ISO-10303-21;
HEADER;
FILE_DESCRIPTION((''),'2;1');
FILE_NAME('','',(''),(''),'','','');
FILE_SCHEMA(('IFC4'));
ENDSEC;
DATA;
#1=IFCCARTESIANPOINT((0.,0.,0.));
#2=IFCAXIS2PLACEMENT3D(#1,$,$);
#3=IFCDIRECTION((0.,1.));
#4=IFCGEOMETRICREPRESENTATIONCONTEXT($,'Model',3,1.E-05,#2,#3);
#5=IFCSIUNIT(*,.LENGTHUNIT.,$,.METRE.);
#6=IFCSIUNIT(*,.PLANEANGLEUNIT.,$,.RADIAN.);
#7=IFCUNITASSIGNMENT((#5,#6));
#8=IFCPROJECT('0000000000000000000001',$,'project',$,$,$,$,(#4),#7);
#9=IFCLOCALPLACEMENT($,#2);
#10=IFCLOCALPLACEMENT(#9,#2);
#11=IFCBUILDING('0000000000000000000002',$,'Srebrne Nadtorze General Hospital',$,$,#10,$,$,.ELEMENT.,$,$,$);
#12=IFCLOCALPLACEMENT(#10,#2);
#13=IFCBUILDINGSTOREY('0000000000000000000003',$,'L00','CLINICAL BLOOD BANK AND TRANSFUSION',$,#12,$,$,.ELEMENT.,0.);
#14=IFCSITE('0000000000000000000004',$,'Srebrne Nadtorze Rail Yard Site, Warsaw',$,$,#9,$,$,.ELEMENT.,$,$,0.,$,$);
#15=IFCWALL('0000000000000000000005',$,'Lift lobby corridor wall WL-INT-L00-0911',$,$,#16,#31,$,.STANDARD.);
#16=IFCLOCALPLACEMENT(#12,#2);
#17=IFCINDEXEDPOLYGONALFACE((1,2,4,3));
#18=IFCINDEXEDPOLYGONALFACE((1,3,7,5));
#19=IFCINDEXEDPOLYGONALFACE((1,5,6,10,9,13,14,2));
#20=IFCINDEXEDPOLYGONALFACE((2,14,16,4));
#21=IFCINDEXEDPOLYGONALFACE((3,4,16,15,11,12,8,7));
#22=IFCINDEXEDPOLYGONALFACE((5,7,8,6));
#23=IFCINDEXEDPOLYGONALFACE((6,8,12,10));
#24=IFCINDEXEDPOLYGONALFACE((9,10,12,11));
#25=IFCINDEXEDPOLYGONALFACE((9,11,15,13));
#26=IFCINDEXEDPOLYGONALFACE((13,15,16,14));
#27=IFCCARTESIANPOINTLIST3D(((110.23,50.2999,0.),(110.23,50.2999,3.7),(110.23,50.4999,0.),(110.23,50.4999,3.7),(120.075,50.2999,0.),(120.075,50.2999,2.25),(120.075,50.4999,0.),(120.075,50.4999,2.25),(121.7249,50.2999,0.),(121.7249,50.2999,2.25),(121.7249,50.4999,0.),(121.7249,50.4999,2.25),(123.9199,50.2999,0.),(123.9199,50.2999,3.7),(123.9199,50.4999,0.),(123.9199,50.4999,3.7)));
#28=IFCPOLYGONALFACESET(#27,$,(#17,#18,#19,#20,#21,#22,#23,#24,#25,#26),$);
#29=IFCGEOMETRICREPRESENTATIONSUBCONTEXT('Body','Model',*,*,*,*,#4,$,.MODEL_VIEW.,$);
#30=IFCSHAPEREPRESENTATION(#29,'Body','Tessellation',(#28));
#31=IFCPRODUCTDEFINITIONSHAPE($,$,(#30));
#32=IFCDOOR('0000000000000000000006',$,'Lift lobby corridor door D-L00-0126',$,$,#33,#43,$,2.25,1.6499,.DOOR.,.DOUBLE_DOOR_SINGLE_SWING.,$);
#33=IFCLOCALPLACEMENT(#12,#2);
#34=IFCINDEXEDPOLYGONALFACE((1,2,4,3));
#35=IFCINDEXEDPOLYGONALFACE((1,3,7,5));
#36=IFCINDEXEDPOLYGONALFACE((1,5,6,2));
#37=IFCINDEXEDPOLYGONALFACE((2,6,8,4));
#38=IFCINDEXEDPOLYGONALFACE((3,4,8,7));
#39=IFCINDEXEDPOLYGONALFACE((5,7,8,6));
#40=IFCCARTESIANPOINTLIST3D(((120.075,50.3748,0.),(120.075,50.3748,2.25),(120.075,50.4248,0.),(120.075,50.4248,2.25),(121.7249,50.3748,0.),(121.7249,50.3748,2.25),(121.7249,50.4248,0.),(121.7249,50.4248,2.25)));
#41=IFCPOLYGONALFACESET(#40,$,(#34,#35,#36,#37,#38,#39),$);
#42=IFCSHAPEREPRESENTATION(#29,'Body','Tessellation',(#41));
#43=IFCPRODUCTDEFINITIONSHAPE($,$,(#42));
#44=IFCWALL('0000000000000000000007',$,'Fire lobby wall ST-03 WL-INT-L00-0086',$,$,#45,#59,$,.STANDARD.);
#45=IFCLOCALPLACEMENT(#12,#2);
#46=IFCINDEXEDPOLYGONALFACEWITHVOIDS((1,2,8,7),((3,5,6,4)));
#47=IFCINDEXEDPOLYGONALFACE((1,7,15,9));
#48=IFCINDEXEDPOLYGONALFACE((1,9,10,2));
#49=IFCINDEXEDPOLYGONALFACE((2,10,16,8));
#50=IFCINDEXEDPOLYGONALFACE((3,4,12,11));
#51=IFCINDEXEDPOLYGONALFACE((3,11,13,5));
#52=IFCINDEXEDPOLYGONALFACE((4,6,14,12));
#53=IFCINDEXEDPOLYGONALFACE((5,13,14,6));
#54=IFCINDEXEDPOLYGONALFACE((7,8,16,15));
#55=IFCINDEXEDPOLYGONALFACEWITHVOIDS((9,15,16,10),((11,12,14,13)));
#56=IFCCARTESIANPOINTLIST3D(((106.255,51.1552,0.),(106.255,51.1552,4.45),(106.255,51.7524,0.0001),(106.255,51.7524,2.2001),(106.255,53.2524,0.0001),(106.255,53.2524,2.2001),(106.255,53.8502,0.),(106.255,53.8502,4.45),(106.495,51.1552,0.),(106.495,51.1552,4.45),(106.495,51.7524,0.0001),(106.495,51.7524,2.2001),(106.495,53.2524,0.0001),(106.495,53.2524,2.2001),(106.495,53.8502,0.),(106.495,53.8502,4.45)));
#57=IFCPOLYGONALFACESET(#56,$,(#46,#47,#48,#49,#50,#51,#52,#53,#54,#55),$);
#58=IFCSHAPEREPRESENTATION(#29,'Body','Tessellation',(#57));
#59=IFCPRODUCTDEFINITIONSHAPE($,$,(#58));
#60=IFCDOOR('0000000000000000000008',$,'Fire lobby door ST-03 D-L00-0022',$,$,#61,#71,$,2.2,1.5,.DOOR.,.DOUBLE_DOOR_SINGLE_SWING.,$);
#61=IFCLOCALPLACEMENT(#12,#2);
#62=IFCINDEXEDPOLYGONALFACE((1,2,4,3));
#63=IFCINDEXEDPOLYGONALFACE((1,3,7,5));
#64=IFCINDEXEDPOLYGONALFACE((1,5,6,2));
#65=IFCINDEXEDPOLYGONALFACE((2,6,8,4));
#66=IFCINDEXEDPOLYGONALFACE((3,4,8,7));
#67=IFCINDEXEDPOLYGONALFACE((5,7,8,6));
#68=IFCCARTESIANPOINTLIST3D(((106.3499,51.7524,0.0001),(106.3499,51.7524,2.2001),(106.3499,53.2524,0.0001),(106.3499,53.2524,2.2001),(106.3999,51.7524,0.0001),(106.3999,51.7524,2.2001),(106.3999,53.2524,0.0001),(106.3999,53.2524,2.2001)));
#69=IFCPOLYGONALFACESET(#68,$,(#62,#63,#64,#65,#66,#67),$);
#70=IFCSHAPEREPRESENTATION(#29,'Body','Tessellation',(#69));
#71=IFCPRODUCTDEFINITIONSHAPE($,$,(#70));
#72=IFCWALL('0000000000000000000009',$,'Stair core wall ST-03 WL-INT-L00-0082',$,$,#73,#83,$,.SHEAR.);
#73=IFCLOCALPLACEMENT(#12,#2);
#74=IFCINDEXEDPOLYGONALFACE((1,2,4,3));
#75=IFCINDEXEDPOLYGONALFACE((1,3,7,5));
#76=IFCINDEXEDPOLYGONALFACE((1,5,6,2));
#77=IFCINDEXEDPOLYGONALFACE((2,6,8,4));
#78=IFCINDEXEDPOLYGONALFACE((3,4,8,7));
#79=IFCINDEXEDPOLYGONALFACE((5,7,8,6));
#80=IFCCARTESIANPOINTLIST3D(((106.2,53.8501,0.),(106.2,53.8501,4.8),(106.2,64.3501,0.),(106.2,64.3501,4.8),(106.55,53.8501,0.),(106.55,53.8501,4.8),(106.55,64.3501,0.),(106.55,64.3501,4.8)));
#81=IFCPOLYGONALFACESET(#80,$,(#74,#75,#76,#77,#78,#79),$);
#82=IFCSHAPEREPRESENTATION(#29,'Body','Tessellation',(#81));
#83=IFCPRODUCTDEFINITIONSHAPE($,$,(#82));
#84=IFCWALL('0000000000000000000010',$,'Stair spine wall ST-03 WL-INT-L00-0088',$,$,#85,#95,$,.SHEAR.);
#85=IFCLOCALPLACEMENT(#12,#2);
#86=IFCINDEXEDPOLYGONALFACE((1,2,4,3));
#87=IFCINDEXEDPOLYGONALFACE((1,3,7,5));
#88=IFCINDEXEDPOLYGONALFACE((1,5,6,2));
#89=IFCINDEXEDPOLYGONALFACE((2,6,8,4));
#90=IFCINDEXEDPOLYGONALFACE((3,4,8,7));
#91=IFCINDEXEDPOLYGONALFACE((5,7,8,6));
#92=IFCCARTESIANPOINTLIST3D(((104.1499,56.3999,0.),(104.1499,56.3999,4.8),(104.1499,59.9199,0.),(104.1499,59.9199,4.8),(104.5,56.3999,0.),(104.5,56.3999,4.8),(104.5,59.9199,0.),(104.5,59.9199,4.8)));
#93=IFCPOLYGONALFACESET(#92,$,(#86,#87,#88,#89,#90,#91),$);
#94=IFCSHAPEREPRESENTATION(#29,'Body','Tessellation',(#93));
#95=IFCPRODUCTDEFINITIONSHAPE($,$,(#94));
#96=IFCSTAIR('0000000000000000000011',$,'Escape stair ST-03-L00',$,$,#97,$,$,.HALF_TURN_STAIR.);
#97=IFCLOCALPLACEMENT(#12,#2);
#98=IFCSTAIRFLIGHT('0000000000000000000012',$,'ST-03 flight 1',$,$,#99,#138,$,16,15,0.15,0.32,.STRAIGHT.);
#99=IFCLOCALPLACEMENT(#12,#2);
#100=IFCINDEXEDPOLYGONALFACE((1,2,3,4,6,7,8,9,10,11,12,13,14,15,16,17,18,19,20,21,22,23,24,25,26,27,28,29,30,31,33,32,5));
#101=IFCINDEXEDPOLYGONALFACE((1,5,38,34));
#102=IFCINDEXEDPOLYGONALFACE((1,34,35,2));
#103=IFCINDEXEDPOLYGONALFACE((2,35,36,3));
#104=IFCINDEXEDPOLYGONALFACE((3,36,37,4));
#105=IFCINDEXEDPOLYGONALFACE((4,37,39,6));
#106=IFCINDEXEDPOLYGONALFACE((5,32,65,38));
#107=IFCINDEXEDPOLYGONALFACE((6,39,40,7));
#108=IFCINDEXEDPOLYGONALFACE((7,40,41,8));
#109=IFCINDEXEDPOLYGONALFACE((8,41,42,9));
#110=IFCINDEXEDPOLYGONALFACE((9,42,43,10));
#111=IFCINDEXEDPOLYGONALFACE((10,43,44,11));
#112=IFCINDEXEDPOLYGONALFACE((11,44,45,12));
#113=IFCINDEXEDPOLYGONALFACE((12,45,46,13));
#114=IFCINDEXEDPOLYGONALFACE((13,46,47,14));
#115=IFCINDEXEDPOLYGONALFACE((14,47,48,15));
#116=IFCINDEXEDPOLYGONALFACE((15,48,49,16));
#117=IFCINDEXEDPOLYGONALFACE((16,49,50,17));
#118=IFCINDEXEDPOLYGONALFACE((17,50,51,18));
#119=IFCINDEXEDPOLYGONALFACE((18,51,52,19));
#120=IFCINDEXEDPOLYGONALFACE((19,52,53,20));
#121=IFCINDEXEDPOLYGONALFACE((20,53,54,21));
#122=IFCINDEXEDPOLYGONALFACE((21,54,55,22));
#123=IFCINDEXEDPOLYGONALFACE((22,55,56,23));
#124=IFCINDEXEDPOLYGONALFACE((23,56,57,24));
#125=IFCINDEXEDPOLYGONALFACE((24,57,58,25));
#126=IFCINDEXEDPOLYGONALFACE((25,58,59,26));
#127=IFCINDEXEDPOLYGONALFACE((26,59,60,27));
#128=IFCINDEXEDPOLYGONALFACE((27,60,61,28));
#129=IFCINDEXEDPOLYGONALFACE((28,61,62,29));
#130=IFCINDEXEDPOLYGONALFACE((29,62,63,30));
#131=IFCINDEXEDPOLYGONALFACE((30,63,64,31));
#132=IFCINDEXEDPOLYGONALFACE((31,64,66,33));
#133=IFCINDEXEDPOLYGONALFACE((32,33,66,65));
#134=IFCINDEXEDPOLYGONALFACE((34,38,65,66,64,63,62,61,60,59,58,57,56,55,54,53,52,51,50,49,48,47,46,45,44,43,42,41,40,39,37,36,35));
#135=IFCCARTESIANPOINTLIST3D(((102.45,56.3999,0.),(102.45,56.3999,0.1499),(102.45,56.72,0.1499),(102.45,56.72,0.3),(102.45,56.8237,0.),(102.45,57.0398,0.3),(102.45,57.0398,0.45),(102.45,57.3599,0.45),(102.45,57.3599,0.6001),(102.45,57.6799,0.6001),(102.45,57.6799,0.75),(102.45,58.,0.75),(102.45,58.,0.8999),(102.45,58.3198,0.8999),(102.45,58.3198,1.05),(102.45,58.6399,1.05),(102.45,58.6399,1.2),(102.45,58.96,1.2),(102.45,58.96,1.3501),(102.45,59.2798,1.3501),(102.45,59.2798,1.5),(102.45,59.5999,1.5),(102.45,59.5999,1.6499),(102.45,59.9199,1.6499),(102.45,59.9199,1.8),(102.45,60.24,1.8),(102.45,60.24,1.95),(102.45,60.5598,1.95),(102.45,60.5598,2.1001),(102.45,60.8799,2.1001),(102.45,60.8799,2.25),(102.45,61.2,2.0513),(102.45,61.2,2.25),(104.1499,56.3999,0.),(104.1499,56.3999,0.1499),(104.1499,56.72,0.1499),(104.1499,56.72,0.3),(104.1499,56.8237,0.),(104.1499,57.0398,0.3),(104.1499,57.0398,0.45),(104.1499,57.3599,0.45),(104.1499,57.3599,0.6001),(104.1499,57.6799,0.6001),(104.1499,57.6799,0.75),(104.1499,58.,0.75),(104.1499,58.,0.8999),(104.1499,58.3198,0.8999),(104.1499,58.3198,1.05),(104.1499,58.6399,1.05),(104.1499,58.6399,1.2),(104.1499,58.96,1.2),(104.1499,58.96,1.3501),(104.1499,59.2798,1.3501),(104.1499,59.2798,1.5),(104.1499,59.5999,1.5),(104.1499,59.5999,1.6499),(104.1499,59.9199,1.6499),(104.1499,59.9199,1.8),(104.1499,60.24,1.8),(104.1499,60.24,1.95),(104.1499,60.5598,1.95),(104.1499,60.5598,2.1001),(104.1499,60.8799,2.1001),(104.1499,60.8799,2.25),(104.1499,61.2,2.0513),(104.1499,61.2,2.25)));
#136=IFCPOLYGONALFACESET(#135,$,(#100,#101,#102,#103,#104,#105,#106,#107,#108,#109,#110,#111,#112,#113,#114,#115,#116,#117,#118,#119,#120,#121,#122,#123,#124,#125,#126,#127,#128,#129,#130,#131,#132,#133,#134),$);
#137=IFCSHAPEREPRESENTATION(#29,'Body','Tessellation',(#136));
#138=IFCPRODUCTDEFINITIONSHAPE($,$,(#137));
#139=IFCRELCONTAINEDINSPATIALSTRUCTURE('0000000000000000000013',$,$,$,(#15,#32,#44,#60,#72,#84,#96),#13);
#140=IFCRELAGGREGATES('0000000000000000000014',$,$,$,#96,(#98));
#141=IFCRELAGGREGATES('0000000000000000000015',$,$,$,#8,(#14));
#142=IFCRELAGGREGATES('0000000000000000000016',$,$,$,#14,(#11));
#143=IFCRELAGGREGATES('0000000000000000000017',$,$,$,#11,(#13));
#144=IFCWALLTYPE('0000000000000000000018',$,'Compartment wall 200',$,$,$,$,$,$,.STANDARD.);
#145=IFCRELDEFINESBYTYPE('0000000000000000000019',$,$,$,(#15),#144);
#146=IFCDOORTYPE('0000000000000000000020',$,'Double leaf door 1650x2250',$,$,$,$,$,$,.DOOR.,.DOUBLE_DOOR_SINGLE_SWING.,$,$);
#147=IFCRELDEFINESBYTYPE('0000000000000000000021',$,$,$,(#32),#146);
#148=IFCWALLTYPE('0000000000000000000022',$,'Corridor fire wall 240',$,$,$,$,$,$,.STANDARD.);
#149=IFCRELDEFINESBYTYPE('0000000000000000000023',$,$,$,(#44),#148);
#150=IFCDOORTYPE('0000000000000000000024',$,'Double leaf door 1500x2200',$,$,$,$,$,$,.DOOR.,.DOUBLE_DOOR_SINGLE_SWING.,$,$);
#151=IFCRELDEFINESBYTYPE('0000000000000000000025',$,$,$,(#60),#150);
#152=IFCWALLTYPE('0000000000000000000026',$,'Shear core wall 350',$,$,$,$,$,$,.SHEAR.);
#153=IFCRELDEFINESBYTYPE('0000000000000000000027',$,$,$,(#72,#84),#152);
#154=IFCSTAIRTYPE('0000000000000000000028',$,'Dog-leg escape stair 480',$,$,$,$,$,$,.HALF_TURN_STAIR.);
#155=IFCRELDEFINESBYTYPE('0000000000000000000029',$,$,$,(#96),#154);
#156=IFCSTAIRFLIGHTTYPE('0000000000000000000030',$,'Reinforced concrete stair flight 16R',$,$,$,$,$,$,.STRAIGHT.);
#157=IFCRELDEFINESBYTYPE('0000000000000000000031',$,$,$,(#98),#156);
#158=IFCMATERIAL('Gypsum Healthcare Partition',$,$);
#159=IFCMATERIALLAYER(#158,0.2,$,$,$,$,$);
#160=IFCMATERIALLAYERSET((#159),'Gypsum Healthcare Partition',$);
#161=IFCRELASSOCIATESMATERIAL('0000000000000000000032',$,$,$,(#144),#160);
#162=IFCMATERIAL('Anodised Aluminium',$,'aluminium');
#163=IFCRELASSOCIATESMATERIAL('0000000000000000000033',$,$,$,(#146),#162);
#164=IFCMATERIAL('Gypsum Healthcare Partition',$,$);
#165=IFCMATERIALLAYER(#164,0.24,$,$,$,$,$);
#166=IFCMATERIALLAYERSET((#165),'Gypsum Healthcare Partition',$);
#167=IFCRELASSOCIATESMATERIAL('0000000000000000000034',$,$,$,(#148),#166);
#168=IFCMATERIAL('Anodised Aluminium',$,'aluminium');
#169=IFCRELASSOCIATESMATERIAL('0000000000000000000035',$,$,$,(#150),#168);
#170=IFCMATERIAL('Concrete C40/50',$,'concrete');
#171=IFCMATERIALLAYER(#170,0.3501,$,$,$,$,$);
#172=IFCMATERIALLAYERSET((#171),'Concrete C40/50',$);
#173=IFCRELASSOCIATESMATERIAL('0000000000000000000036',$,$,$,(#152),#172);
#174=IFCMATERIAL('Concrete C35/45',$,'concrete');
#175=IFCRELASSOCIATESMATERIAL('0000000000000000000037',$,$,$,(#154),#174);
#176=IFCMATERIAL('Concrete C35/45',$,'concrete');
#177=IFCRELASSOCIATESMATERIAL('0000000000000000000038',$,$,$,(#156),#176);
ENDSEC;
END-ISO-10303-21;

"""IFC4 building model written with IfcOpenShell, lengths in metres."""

from ifc_helpers import new_model, si_unit, direction, frame, frame_2d, origin, place, context, subcontext, project, spatial, polyline, rectangle, outline, extrude, material, layer, layer_set, type_object, element, fill, aggregate, save


model = new_model("IFC4")

# Units and contexts
model_context = context("Model", 3, precision=1e-05, world=origin(), true_north=direction((0.0, 1.0)))
body_context = subcontext(model_context, "Body", "Model", "MODEL_VIEW")
ifc_project = project(units=[si_unit("LENGTHUNIT", "METRE"), si_unit("PLANEANGLEUNIT", "RADIAN")], contexts=[model_context])

# Site, building, storey
site_placement = place(None, origin())
site = spatial("IfcSite", under=ifc_project, at=site_placement, Name="Srebrne Nadtorze Rail Yard Site, Warsaw", CompositionType="ELEMENT", RefElevation=0.0)
building_placement = place(site_placement, origin())
building = spatial("IfcBuilding", under=site, at=building_placement, Name="Srebrne Nadtorze General Hospital", CompositionType="ELEMENT")
storey_placement = place(building_placement, origin())
storey = spatial("IfcBuildingStorey", under=building, at=storey_placement, Name="L00", Description="CLINICAL BLOOD BANK AND TRANSFUSION", CompositionType="ELEMENT", Elevation=0.0)

# Walls, openings, doors
ifc_material_1 = material(Name="Gypsum Healthcare Partition")
ifc_layer_1 = layer(ifc_material_1, 0.2)
ifc_layer_set_1 = layer_set([ifc_layer_1], Name="Gypsum Healthcare Partition")
wall_type_1 = type_object("IfcWallType", Name="Compartment wall 200", PredefinedType="STANDARD", material=ifc_layer_set_1)
wall_1_placement = place(storey_placement, frame((110.23, 50.3999, 0.0), z_axis=(0.0, 0.0, 1.0), x_axis=(1.0, 0.0, 0.0)))
wall_1 = element("IfcWall", 1, at=wall_1_placement, inside=storey, type_object=wall_type_1, Name="Lift lobby corridor wall WL-INT-L00-0911", PredefinedType="STANDARD", context=body_context, shape_type="SweptSolid", body=[
    extrude(rectangle(XDim=13.6899, YDim=0.2, at=frame_2d((6.845, 0.0))), origin(), (0.0, 0.0, 1.0), 3.7),
])
opening_1_placement = place(wall_1_placement, frame((9.845, 0.0, 0.0)))
opening_1 = element("IfcOpeningElement", 2, at=opening_1_placement, cuts=wall_1, PredefinedType="OPENING", context=body_context, shape_type="SweptSolid", body=[
    extrude(rectangle(XDim=1.6499, YDim=2.25, at=frame_2d((0.825, 1.125))), frame((0.0, 0.1118, 0.0), z_axis=(0.0, -1.0, 0.0), x_axis=(1.0, 0.0, 0.0)), (0.0, 0.0, 1.0), 0.2239),
])
ifc_material_2 = material(Name="Anodised Aluminium", Category="aluminium")
door_type_1 = type_object("IfcDoorType", Name="Double leaf door 1650x2250", OperationType="DOUBLE_DOOR_SINGLE_SWING", PredefinedType="DOOR", material=ifc_material_2)
door_1_placement = place(opening_1_placement, origin())
door_1 = element("IfcDoor", 3, at=door_1_placement, inside=storey, type_object=door_type_1, Name="Lift lobby corridor door D-L00-0126", OperationType="DOUBLE_DOOR_SINGLE_SWING", OverallHeight=2.25, OverallWidth=1.6499, PredefinedType="DOOR", context=body_context, shape_type="SweptSolid", body=[
    extrude(rectangle(XDim=1.6499, YDim=2.25, at=frame_2d((0.825, 1.125))), frame((0.0, 0.0249, 0.0), z_axis=(0.0, -1.0, 0.0), x_axis=(1.0, 0.0, 0.0)), (0.0, 0.0, 1.0), 0.05),
])
fill(opening_1, door_1)
ifc_material_3 = material(Name="Gypsum Healthcare Partition")
ifc_layer_2 = layer(ifc_material_3, 0.24)
ifc_layer_set_2 = layer_set([ifc_layer_2], Name="Gypsum Healthcare Partition")
wall_type_2 = type_object("IfcWallType", Name="Corridor fire wall 240", PredefinedType="STANDARD", material=ifc_layer_set_2)
wall_2_placement = place(storey_placement, frame((106.375, 51.155, 0.0), z_axis=(0.0, 0.0, 1.0), x_axis=(0.0, 1.0, 0.0)))
wall_2 = element("IfcWall", 4, at=wall_2_placement, inside=storey, type_object=wall_type_2, Name="Fire lobby wall ST-03 WL-INT-L00-0086", PredefinedType="STANDARD", context=body_context, shape_type="SweptSolid", body=[
    extrude(rectangle(XDim=2.6951, YDim=0.24, at=frame_2d((1.3477, 0.0))), origin(), (0.0, 0.0, 1.0), 4.45),
])
opening_2_placement = place(wall_2_placement, frame((0.5974, 0.0, 0.0)))
opening_2 = element("IfcOpeningElement", 5, at=opening_2_placement, cuts=wall_2, PredefinedType="OPENING", context=body_context, shape_type="SweptSolid", body=[
    extrude(rectangle(XDim=1.5, YDim=2.2, at=frame_2d((0.75, 1.1001))), frame((0.0, 0.1318, 0.0), z_axis=(0.0, -1.0, 0.0), x_axis=(1.0, 0.0, 0.0)), (0.0, 0.0, 1.0), 0.2639),
])
ifc_material_4 = material(Name="Anodised Aluminium", Category="aluminium")
door_type_2 = type_object("IfcDoorType", Name="Double leaf door 1500x2200", OperationType="DOUBLE_DOOR_SINGLE_SWING", PredefinedType="DOOR", material=ifc_material_4)
door_2_placement = place(opening_2_placement, frame((1.5, 0.0, 0.0), z_axis=(0.0, 0.0, 1.0), x_axis=(-1.0, 0.0, 0.0)))
door_2 = element("IfcDoor", 6, at=door_2_placement, inside=storey, type_object=door_type_2, Name="Fire lobby door ST-03 D-L00-0022", OperationType="DOUBLE_DOOR_SINGLE_SWING", OverallHeight=2.2, OverallWidth=1.5, PredefinedType="DOOR", context=body_context, shape_type="SweptSolid", body=[
    extrude(rectangle(XDim=1.5, YDim=2.2, at=frame_2d((0.75, 1.1001))), frame((0.0, 0.0249, 0.0), z_axis=(0.0, -1.0, 0.0), x_axis=(1.0, 0.0, 0.0)), (0.0, 0.0, 1.0), 0.05),
])
fill(opening_2, door_2)

# Walls
ifc_material_5 = material(Name="Concrete C40/50", Category="concrete")
ifc_layer_3 = layer(ifc_material_5, 0.3501)
ifc_layer_set_3 = layer_set([ifc_layer_3], Name="Concrete C40/50")
wall_type_3 = type_object("IfcWallType", Name="Shear core wall 350", PredefinedType="SHEAR", material=ifc_layer_set_3)
wall_3_placement = place(storey_placement, frame((106.375, 53.8501, 0.0), z_axis=(0.0, 0.0, 1.0), x_axis=(0.0, 1.0, 0.0)))
element("IfcWall", 7, at=wall_3_placement, inside=storey, type_object=wall_type_3, Name="Stair core wall ST-03 WL-INT-L00-0082", PredefinedType="SHEAR", context=body_context, shape_type="SweptSolid", body=[
    extrude(rectangle(XDim=10.5, YDim=0.3501, at=frame_2d((5.25, 0.0))), origin(), (0.0, 0.0, 1.0), 4.8),
])
wall_4_placement = place(storey_placement, frame((104.325, 56.3999, 0.0), z_axis=(0.0, 0.0, 1.0), x_axis=(0.0, 1.0, 0.0)))
element("IfcWall", 8, at=wall_4_placement, inside=storey, type_object=wall_type_3, Name="Stair spine wall ST-03 WL-INT-L00-0088", PredefinedType="SHEAR", context=body_context, shape_type="SweptSolid", body=[
    extrude(rectangle(XDim=3.52, YDim=0.3501, at=frame_2d((1.76, 0.0))), origin(), (0.0, 0.0, 1.0), 4.8),
])

# Stair, stair flight
ifc_material_6 = material(Name="Concrete C35/45", Category="concrete")
stair_type = type_object("IfcStairType", Name="Dog-leg escape stair 480", PredefinedType="HALF_TURN_STAIR", material=ifc_material_6)
stair_placement = place(storey_placement, origin())
stair = element("IfcStair", 9, at=stair_placement, inside=storey, type_object=stair_type, Name="Escape stair ST-03-L00", PredefinedType="HALF_TURN_STAIR")
ifc_material_7 = material(Name="Concrete C35/45", Category="concrete")
stair_flight_type = type_object("IfcStairFlightType", Name="Reinforced concrete stair flight 16R", PredefinedType="STRAIGHT", material=ifc_material_7)
stair_flight_1_placement = place(storey_placement, frame((103.3, 56.3999, 0.0), z_axis=(0.0, 0.0, 1.0), x_axis=(0.0, 1.0, 0.0)))
stair_flight_1 = element("IfcStairFlight", 10, at=stair_flight_1_placement, type_object=stair_flight_type, Name="ST-03 flight 1", NumberOfRisers=16, NumberOfTreads=15, PredefinedType="STRAIGHT", RiserHeight=0.15, TreadLength=0.32, context=body_context, shape_type="SweptSolid", body=[
    extrude(outline(polyline([(0.0, 0.0), (0.0, 0.1499), (0.3201, 0.1499), (0.3201, 0.3), (0.6399, 0.3), (0.6399, 0.45), (0.96, 0.45), (0.96, 0.6001), (1.28, 0.6001), (1.28, 0.75), (1.6001, 0.75), (1.6001, 0.8999), (1.9199, 0.8999), (1.9199, 1.05), (2.24, 1.05), (2.24, 1.2), (2.5601, 1.2), (2.5601, 1.3501), (2.8799, 1.3501), (2.8799, 1.5), (3.2, 1.5), (3.2, 1.6499), (3.52, 1.6499), (3.52, 1.8), (3.8401, 1.8), (3.8401, 1.95), (4.1599, 1.95), (4.1599, 2.1001), (4.48, 2.1001), (4.48, 2.25), (4.8, 2.25), (4.8, 2.3999), (4.8, 2.0513), (0.4238, 0.0), (0.0, 0.0)])), frame((0.0, 0.8501, 0.0), z_axis=(0.0, -1.0, 0.0), x_axis=(1.0, 0.0, 0.0)), (0.0, 0.0, 1.0), 1.7),
])
aggregate(stair, [stair_flight_1])

save(model, "model.ifc")
